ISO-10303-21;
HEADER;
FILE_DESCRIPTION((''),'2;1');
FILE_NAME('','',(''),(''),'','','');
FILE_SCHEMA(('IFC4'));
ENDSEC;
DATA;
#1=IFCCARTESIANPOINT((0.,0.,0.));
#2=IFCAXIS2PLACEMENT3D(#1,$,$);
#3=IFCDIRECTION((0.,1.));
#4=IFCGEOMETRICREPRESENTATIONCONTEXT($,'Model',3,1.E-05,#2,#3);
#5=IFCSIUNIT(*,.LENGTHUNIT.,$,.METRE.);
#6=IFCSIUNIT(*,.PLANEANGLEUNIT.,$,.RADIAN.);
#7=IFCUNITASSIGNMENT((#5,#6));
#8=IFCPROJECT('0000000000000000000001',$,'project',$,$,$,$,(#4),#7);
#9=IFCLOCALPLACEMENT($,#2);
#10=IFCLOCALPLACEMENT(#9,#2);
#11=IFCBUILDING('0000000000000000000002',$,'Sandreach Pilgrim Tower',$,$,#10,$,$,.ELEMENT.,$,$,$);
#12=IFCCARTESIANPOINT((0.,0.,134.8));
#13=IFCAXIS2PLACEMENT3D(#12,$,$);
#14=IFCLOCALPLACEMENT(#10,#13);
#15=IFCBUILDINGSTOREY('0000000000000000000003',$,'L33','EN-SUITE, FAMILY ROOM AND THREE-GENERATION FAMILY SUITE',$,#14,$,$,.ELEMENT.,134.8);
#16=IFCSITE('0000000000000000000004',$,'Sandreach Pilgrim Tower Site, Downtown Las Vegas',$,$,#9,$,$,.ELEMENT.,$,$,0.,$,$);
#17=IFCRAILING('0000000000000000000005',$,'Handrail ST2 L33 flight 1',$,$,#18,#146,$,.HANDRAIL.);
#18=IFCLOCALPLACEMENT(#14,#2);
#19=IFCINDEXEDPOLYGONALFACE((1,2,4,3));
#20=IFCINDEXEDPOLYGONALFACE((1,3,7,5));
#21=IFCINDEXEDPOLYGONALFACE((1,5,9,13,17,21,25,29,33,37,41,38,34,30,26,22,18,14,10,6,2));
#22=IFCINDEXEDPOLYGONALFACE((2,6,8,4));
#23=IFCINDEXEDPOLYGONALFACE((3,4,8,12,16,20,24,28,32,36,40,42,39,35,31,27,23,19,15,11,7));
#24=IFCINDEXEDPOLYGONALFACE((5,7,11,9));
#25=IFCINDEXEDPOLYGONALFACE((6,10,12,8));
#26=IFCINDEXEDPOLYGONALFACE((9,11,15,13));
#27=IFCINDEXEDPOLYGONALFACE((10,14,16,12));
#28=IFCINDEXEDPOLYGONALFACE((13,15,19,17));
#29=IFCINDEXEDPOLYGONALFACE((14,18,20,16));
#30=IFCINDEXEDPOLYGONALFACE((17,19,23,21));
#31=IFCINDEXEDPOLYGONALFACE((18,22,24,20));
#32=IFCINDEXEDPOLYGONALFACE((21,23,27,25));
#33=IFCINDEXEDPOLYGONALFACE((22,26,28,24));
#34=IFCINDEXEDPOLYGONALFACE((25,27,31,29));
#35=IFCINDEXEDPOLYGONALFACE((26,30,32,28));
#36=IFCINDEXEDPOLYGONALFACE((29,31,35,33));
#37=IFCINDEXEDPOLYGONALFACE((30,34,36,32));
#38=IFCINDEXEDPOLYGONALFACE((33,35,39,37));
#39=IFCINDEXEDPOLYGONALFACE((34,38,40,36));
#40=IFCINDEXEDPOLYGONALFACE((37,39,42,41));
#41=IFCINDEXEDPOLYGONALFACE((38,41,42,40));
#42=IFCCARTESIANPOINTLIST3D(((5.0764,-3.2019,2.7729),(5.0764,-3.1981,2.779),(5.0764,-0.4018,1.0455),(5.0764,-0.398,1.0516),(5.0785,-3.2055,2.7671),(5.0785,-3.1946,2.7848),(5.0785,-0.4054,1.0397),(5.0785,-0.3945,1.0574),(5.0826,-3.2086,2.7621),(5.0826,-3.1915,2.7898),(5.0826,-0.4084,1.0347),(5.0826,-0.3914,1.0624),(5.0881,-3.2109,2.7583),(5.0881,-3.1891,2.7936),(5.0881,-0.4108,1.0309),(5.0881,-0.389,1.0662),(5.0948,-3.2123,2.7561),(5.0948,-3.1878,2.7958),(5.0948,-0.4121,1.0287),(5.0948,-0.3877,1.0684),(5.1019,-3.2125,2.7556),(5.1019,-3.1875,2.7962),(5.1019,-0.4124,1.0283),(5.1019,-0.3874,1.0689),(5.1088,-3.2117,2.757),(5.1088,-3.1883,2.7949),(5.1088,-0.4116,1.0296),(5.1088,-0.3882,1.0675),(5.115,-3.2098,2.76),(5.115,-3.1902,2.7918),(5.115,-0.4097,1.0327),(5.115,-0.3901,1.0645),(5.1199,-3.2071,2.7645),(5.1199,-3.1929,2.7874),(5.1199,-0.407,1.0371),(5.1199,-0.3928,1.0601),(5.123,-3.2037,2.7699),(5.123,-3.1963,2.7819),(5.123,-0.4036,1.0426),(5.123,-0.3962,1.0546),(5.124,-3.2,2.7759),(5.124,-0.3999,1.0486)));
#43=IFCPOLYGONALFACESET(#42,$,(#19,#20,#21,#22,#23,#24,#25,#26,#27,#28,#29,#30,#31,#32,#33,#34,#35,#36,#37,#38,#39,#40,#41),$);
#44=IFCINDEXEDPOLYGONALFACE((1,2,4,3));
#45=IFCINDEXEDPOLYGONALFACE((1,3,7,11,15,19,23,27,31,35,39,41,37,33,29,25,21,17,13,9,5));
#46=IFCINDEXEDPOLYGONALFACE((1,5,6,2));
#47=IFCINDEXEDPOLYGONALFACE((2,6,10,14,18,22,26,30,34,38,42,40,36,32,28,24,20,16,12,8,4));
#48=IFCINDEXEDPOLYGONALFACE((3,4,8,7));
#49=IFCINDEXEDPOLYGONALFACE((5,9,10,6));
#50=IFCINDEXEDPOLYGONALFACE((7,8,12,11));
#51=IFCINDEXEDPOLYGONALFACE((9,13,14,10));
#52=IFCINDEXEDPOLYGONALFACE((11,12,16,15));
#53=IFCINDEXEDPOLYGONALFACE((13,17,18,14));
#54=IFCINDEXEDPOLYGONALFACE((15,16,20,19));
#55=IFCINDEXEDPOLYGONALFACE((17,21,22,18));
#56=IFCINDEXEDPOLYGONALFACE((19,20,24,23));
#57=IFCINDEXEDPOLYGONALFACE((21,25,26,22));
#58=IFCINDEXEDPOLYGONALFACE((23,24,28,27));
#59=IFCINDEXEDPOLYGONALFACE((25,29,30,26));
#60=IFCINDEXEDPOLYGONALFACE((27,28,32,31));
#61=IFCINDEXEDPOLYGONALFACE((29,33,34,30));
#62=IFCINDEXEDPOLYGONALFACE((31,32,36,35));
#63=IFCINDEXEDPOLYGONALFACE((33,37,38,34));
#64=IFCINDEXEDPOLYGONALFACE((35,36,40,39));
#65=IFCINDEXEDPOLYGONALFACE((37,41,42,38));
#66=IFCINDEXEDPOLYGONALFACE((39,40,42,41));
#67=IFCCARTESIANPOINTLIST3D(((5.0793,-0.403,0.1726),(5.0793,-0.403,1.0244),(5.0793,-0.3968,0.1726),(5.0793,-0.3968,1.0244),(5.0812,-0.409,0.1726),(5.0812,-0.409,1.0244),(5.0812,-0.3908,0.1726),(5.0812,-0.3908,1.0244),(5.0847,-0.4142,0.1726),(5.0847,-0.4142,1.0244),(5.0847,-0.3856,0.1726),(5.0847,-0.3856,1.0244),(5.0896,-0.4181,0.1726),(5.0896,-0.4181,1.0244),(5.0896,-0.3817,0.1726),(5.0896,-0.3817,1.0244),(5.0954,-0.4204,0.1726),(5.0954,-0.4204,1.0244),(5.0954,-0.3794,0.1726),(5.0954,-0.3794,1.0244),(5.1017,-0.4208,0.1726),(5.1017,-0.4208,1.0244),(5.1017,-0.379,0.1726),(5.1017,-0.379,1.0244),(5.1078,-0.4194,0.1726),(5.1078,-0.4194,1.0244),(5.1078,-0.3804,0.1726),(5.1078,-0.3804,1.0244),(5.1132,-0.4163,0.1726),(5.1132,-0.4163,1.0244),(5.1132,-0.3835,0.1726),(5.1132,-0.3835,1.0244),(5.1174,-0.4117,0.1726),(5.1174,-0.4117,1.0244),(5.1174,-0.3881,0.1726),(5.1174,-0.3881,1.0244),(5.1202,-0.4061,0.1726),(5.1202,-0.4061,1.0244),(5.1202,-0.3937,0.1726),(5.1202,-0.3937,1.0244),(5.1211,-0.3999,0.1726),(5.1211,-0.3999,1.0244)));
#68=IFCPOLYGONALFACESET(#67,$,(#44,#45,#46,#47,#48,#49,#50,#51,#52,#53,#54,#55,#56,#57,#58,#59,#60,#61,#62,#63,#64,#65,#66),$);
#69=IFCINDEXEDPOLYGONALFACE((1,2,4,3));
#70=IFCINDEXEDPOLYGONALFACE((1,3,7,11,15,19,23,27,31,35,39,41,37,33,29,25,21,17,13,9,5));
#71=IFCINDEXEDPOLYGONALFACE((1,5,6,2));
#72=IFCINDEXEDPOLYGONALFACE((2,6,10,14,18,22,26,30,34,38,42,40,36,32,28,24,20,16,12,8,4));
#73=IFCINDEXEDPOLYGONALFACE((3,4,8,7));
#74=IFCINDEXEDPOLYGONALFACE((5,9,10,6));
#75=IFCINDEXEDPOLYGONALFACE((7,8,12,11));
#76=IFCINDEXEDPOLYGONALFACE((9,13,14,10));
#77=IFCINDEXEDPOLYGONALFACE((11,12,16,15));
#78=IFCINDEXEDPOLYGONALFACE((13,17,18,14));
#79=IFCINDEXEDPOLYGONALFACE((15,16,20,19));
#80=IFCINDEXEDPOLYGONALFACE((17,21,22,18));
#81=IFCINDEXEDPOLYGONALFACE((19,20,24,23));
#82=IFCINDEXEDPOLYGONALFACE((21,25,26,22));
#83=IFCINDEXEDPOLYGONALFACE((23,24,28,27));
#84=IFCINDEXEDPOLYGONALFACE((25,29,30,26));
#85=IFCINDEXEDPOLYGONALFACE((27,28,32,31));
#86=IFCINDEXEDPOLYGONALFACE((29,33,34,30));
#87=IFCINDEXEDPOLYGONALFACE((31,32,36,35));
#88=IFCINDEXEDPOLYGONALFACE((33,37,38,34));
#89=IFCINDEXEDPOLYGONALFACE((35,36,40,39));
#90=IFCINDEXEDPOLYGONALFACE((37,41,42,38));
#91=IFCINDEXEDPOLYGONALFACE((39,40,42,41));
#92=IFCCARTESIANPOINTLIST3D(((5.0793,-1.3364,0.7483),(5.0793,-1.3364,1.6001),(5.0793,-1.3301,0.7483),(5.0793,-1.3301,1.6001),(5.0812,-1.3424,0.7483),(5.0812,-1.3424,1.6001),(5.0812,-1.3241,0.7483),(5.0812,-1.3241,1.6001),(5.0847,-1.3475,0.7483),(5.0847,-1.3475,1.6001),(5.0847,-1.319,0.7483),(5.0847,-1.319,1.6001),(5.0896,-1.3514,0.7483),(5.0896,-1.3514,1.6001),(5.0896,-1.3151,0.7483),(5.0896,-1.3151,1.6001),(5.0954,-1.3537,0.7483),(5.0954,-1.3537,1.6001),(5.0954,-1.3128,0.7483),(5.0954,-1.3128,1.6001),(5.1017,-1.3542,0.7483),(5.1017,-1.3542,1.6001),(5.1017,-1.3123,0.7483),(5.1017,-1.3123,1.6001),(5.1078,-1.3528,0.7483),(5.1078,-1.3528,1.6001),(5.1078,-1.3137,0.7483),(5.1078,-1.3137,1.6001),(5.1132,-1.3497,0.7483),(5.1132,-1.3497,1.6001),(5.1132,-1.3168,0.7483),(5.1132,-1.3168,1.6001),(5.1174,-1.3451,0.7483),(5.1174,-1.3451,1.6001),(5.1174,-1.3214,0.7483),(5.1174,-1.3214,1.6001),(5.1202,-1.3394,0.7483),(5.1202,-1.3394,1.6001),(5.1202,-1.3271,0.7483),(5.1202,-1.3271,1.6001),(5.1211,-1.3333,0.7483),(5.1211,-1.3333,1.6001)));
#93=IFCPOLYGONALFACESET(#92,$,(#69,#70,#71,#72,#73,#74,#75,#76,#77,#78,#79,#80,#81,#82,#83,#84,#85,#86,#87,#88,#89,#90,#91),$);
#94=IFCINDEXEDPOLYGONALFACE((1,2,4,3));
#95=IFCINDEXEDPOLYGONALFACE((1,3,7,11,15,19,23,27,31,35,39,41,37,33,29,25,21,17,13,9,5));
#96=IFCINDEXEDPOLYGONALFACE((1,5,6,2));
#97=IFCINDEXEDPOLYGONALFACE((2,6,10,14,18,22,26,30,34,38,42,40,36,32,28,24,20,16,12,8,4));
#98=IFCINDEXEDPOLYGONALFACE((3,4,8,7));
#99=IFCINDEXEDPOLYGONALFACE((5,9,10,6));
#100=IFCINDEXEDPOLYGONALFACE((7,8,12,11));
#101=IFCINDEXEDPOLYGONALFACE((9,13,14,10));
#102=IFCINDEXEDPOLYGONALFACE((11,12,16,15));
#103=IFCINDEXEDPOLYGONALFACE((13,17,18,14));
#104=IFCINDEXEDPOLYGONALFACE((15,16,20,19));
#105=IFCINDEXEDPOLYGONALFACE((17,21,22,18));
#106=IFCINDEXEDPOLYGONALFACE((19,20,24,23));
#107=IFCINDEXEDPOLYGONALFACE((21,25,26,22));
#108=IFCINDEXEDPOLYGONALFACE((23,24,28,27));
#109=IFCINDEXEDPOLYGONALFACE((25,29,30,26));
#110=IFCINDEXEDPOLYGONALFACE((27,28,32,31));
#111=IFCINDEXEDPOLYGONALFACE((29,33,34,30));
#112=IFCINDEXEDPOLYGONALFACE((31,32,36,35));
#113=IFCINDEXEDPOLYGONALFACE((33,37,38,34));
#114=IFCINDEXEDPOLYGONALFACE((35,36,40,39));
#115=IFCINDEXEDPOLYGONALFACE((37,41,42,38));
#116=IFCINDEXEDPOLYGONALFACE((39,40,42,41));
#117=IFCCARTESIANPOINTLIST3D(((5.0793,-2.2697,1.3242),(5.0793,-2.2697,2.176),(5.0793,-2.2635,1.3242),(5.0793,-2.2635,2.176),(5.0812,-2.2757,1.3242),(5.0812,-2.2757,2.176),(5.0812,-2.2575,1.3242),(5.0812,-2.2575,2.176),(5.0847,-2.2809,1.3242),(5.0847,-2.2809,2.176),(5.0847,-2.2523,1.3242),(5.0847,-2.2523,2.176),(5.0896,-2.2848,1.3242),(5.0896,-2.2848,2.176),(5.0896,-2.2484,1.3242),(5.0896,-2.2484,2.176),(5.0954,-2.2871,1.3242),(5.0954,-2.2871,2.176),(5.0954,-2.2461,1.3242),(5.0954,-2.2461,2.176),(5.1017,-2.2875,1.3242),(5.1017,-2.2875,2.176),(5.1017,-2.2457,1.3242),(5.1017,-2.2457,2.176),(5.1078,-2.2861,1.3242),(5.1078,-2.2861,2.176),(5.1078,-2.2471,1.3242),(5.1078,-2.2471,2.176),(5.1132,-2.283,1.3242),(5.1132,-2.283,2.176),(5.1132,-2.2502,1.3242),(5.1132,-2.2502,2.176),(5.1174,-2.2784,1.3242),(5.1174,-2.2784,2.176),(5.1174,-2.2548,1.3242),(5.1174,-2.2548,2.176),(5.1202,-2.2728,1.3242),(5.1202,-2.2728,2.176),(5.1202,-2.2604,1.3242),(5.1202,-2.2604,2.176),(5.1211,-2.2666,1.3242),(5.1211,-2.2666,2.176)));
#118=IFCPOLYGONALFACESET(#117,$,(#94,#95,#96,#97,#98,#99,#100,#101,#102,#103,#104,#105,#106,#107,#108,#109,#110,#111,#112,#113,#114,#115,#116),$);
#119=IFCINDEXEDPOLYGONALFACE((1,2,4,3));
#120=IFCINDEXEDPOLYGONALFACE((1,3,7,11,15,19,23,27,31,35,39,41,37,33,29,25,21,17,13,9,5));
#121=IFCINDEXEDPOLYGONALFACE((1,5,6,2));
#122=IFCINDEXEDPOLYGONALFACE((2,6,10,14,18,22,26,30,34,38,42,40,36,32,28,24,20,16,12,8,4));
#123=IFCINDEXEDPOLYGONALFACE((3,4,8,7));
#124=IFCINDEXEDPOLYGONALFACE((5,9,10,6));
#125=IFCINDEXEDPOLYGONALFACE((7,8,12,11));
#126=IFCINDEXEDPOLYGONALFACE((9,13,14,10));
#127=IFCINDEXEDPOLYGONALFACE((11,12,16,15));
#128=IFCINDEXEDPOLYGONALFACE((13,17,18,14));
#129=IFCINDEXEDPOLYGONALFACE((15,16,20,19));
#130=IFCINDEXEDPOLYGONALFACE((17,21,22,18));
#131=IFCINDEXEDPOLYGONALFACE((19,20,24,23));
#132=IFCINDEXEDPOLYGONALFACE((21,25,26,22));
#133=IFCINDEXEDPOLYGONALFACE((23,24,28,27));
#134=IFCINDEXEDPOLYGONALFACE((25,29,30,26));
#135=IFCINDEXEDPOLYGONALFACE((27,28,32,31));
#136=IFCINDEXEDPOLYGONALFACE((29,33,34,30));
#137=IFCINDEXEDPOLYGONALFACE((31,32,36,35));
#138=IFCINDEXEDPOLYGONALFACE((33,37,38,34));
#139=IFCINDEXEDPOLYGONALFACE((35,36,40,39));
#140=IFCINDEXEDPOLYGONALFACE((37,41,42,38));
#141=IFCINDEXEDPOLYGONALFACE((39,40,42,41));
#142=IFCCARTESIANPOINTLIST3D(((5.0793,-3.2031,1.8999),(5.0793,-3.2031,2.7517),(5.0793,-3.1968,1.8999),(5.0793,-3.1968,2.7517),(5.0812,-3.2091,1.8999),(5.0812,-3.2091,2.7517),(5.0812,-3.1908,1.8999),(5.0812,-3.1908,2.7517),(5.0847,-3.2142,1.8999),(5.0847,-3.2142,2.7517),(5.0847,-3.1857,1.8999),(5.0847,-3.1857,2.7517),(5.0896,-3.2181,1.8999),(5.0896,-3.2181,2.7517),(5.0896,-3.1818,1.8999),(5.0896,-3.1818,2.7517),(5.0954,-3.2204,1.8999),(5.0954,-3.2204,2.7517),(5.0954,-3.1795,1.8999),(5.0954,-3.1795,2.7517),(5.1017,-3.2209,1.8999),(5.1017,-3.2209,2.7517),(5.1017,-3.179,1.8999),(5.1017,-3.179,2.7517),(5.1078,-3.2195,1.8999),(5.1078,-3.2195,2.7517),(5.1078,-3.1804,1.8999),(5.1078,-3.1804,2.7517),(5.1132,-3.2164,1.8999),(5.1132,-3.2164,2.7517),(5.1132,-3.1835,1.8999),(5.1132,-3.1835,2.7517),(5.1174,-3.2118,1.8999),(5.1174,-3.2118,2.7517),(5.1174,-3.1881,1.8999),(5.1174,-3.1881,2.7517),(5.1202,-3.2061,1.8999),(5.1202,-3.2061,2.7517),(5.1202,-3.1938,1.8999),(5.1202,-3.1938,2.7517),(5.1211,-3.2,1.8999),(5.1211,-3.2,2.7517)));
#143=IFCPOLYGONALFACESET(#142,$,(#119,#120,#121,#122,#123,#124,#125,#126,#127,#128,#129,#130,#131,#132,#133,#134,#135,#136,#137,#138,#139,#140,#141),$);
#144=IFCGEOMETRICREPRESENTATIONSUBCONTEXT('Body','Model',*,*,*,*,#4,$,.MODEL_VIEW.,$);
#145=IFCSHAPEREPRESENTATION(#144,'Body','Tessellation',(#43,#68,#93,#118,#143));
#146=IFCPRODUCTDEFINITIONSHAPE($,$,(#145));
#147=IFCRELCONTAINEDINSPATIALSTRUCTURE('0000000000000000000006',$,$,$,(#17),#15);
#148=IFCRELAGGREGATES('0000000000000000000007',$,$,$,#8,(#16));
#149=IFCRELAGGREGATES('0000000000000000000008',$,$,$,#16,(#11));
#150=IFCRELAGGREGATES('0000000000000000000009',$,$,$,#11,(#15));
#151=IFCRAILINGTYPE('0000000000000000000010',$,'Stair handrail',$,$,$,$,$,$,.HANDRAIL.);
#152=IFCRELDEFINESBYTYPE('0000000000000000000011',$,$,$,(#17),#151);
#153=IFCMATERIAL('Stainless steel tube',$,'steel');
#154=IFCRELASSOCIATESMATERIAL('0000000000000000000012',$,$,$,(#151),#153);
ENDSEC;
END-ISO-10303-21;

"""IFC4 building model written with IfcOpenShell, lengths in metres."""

from ifc_helpers import new_model, si_unit, direction, frame, origin, origin_2d, place, context, subcontext, project, spatial, circle, extrude, material, type_object, element, save


model = new_model("IFC4")

# Units and contexts
model_context = context("Model", 3, precision=1e-05, world=origin(), true_north=direction((0.0, 1.0)))
body_context = subcontext(model_context, "Body", "Model", "MODEL_VIEW")
ifc_project = project(units=[si_unit("LENGTHUNIT", "METRE"), si_unit("PLANEANGLEUNIT", "RADIAN")], contexts=[model_context])

# Site, building, storey
site_placement = place(None, origin())
site = spatial("IfcSite", under=ifc_project, at=site_placement, Name="Sandreach Pilgrim Tower Site, Downtown Las Vegas", CompositionType="ELEMENT", RefElevation=0.0)
building_placement = place(site_placement, origin())
building = spatial("IfcBuilding", under=site, at=building_placement, Name="Sandreach Pilgrim Tower", CompositionType="ELEMENT")
storey_placement = place(building_placement, frame((0.0, 0.0, 134.8)))
storey = spatial("IfcBuildingStorey", under=building, at=storey_placement, Name="L33", Description="EN-SUITE, FAMILY ROOM AND THREE-GENERATION FAMILY SUITE", CompositionType="ELEMENT", Elevation=134.8)

# Railing
ifc_material_1 = material(Name="Stainless steel tube", Category="steel")
railing_type = type_object("IfcRailingType", Name="Stair handrail", PredefinedType="HANDRAIL", material=ifc_material_1)
for number, where, name in (
    (1, (5.1001, -0.3999, 0.1726), "Handrail ST2 L33 flight 1"),
):
    element("IfcRailing", number, at=place(storey_placement, frame(where)), inside=storey, type_object=railing_type, Name=name, PredefinedType="HANDRAIL", context=body_context, shape_type="SweptSolid", body=[
        extrude(circle(Radius=0.0239, at=origin_2d()), frame((0.0, 0.0, 0.876), z_axis=(0.0, -0.85109, 0.52502), x_axis=(1.0, 0.0, 0.0)), (0.0, 0.0, 1.0), 3.29),
        extrude(circle(Radius=0.021, at=origin_2d()), origin(), (0.0, 0.0, 1.0), 0.8518),
        extrude(circle(Radius=0.021, at=origin_2d()), frame((0.0, -0.9333, 0.5757)), (0.0, 0.0, 1.0), 0.8518),
        extrude(circle(Radius=0.021, at=origin_2d()), frame((0.0, -1.8667, 1.1516)), (0.0, 0.0, 1.0), 0.8518),
        extrude(circle(Radius=0.021, at=origin_2d()), frame((0.0, -2.8, 1.7273)), (0.0, 0.0, 1.0), 0.8518),
    ])

save(model, "model.ifc")
